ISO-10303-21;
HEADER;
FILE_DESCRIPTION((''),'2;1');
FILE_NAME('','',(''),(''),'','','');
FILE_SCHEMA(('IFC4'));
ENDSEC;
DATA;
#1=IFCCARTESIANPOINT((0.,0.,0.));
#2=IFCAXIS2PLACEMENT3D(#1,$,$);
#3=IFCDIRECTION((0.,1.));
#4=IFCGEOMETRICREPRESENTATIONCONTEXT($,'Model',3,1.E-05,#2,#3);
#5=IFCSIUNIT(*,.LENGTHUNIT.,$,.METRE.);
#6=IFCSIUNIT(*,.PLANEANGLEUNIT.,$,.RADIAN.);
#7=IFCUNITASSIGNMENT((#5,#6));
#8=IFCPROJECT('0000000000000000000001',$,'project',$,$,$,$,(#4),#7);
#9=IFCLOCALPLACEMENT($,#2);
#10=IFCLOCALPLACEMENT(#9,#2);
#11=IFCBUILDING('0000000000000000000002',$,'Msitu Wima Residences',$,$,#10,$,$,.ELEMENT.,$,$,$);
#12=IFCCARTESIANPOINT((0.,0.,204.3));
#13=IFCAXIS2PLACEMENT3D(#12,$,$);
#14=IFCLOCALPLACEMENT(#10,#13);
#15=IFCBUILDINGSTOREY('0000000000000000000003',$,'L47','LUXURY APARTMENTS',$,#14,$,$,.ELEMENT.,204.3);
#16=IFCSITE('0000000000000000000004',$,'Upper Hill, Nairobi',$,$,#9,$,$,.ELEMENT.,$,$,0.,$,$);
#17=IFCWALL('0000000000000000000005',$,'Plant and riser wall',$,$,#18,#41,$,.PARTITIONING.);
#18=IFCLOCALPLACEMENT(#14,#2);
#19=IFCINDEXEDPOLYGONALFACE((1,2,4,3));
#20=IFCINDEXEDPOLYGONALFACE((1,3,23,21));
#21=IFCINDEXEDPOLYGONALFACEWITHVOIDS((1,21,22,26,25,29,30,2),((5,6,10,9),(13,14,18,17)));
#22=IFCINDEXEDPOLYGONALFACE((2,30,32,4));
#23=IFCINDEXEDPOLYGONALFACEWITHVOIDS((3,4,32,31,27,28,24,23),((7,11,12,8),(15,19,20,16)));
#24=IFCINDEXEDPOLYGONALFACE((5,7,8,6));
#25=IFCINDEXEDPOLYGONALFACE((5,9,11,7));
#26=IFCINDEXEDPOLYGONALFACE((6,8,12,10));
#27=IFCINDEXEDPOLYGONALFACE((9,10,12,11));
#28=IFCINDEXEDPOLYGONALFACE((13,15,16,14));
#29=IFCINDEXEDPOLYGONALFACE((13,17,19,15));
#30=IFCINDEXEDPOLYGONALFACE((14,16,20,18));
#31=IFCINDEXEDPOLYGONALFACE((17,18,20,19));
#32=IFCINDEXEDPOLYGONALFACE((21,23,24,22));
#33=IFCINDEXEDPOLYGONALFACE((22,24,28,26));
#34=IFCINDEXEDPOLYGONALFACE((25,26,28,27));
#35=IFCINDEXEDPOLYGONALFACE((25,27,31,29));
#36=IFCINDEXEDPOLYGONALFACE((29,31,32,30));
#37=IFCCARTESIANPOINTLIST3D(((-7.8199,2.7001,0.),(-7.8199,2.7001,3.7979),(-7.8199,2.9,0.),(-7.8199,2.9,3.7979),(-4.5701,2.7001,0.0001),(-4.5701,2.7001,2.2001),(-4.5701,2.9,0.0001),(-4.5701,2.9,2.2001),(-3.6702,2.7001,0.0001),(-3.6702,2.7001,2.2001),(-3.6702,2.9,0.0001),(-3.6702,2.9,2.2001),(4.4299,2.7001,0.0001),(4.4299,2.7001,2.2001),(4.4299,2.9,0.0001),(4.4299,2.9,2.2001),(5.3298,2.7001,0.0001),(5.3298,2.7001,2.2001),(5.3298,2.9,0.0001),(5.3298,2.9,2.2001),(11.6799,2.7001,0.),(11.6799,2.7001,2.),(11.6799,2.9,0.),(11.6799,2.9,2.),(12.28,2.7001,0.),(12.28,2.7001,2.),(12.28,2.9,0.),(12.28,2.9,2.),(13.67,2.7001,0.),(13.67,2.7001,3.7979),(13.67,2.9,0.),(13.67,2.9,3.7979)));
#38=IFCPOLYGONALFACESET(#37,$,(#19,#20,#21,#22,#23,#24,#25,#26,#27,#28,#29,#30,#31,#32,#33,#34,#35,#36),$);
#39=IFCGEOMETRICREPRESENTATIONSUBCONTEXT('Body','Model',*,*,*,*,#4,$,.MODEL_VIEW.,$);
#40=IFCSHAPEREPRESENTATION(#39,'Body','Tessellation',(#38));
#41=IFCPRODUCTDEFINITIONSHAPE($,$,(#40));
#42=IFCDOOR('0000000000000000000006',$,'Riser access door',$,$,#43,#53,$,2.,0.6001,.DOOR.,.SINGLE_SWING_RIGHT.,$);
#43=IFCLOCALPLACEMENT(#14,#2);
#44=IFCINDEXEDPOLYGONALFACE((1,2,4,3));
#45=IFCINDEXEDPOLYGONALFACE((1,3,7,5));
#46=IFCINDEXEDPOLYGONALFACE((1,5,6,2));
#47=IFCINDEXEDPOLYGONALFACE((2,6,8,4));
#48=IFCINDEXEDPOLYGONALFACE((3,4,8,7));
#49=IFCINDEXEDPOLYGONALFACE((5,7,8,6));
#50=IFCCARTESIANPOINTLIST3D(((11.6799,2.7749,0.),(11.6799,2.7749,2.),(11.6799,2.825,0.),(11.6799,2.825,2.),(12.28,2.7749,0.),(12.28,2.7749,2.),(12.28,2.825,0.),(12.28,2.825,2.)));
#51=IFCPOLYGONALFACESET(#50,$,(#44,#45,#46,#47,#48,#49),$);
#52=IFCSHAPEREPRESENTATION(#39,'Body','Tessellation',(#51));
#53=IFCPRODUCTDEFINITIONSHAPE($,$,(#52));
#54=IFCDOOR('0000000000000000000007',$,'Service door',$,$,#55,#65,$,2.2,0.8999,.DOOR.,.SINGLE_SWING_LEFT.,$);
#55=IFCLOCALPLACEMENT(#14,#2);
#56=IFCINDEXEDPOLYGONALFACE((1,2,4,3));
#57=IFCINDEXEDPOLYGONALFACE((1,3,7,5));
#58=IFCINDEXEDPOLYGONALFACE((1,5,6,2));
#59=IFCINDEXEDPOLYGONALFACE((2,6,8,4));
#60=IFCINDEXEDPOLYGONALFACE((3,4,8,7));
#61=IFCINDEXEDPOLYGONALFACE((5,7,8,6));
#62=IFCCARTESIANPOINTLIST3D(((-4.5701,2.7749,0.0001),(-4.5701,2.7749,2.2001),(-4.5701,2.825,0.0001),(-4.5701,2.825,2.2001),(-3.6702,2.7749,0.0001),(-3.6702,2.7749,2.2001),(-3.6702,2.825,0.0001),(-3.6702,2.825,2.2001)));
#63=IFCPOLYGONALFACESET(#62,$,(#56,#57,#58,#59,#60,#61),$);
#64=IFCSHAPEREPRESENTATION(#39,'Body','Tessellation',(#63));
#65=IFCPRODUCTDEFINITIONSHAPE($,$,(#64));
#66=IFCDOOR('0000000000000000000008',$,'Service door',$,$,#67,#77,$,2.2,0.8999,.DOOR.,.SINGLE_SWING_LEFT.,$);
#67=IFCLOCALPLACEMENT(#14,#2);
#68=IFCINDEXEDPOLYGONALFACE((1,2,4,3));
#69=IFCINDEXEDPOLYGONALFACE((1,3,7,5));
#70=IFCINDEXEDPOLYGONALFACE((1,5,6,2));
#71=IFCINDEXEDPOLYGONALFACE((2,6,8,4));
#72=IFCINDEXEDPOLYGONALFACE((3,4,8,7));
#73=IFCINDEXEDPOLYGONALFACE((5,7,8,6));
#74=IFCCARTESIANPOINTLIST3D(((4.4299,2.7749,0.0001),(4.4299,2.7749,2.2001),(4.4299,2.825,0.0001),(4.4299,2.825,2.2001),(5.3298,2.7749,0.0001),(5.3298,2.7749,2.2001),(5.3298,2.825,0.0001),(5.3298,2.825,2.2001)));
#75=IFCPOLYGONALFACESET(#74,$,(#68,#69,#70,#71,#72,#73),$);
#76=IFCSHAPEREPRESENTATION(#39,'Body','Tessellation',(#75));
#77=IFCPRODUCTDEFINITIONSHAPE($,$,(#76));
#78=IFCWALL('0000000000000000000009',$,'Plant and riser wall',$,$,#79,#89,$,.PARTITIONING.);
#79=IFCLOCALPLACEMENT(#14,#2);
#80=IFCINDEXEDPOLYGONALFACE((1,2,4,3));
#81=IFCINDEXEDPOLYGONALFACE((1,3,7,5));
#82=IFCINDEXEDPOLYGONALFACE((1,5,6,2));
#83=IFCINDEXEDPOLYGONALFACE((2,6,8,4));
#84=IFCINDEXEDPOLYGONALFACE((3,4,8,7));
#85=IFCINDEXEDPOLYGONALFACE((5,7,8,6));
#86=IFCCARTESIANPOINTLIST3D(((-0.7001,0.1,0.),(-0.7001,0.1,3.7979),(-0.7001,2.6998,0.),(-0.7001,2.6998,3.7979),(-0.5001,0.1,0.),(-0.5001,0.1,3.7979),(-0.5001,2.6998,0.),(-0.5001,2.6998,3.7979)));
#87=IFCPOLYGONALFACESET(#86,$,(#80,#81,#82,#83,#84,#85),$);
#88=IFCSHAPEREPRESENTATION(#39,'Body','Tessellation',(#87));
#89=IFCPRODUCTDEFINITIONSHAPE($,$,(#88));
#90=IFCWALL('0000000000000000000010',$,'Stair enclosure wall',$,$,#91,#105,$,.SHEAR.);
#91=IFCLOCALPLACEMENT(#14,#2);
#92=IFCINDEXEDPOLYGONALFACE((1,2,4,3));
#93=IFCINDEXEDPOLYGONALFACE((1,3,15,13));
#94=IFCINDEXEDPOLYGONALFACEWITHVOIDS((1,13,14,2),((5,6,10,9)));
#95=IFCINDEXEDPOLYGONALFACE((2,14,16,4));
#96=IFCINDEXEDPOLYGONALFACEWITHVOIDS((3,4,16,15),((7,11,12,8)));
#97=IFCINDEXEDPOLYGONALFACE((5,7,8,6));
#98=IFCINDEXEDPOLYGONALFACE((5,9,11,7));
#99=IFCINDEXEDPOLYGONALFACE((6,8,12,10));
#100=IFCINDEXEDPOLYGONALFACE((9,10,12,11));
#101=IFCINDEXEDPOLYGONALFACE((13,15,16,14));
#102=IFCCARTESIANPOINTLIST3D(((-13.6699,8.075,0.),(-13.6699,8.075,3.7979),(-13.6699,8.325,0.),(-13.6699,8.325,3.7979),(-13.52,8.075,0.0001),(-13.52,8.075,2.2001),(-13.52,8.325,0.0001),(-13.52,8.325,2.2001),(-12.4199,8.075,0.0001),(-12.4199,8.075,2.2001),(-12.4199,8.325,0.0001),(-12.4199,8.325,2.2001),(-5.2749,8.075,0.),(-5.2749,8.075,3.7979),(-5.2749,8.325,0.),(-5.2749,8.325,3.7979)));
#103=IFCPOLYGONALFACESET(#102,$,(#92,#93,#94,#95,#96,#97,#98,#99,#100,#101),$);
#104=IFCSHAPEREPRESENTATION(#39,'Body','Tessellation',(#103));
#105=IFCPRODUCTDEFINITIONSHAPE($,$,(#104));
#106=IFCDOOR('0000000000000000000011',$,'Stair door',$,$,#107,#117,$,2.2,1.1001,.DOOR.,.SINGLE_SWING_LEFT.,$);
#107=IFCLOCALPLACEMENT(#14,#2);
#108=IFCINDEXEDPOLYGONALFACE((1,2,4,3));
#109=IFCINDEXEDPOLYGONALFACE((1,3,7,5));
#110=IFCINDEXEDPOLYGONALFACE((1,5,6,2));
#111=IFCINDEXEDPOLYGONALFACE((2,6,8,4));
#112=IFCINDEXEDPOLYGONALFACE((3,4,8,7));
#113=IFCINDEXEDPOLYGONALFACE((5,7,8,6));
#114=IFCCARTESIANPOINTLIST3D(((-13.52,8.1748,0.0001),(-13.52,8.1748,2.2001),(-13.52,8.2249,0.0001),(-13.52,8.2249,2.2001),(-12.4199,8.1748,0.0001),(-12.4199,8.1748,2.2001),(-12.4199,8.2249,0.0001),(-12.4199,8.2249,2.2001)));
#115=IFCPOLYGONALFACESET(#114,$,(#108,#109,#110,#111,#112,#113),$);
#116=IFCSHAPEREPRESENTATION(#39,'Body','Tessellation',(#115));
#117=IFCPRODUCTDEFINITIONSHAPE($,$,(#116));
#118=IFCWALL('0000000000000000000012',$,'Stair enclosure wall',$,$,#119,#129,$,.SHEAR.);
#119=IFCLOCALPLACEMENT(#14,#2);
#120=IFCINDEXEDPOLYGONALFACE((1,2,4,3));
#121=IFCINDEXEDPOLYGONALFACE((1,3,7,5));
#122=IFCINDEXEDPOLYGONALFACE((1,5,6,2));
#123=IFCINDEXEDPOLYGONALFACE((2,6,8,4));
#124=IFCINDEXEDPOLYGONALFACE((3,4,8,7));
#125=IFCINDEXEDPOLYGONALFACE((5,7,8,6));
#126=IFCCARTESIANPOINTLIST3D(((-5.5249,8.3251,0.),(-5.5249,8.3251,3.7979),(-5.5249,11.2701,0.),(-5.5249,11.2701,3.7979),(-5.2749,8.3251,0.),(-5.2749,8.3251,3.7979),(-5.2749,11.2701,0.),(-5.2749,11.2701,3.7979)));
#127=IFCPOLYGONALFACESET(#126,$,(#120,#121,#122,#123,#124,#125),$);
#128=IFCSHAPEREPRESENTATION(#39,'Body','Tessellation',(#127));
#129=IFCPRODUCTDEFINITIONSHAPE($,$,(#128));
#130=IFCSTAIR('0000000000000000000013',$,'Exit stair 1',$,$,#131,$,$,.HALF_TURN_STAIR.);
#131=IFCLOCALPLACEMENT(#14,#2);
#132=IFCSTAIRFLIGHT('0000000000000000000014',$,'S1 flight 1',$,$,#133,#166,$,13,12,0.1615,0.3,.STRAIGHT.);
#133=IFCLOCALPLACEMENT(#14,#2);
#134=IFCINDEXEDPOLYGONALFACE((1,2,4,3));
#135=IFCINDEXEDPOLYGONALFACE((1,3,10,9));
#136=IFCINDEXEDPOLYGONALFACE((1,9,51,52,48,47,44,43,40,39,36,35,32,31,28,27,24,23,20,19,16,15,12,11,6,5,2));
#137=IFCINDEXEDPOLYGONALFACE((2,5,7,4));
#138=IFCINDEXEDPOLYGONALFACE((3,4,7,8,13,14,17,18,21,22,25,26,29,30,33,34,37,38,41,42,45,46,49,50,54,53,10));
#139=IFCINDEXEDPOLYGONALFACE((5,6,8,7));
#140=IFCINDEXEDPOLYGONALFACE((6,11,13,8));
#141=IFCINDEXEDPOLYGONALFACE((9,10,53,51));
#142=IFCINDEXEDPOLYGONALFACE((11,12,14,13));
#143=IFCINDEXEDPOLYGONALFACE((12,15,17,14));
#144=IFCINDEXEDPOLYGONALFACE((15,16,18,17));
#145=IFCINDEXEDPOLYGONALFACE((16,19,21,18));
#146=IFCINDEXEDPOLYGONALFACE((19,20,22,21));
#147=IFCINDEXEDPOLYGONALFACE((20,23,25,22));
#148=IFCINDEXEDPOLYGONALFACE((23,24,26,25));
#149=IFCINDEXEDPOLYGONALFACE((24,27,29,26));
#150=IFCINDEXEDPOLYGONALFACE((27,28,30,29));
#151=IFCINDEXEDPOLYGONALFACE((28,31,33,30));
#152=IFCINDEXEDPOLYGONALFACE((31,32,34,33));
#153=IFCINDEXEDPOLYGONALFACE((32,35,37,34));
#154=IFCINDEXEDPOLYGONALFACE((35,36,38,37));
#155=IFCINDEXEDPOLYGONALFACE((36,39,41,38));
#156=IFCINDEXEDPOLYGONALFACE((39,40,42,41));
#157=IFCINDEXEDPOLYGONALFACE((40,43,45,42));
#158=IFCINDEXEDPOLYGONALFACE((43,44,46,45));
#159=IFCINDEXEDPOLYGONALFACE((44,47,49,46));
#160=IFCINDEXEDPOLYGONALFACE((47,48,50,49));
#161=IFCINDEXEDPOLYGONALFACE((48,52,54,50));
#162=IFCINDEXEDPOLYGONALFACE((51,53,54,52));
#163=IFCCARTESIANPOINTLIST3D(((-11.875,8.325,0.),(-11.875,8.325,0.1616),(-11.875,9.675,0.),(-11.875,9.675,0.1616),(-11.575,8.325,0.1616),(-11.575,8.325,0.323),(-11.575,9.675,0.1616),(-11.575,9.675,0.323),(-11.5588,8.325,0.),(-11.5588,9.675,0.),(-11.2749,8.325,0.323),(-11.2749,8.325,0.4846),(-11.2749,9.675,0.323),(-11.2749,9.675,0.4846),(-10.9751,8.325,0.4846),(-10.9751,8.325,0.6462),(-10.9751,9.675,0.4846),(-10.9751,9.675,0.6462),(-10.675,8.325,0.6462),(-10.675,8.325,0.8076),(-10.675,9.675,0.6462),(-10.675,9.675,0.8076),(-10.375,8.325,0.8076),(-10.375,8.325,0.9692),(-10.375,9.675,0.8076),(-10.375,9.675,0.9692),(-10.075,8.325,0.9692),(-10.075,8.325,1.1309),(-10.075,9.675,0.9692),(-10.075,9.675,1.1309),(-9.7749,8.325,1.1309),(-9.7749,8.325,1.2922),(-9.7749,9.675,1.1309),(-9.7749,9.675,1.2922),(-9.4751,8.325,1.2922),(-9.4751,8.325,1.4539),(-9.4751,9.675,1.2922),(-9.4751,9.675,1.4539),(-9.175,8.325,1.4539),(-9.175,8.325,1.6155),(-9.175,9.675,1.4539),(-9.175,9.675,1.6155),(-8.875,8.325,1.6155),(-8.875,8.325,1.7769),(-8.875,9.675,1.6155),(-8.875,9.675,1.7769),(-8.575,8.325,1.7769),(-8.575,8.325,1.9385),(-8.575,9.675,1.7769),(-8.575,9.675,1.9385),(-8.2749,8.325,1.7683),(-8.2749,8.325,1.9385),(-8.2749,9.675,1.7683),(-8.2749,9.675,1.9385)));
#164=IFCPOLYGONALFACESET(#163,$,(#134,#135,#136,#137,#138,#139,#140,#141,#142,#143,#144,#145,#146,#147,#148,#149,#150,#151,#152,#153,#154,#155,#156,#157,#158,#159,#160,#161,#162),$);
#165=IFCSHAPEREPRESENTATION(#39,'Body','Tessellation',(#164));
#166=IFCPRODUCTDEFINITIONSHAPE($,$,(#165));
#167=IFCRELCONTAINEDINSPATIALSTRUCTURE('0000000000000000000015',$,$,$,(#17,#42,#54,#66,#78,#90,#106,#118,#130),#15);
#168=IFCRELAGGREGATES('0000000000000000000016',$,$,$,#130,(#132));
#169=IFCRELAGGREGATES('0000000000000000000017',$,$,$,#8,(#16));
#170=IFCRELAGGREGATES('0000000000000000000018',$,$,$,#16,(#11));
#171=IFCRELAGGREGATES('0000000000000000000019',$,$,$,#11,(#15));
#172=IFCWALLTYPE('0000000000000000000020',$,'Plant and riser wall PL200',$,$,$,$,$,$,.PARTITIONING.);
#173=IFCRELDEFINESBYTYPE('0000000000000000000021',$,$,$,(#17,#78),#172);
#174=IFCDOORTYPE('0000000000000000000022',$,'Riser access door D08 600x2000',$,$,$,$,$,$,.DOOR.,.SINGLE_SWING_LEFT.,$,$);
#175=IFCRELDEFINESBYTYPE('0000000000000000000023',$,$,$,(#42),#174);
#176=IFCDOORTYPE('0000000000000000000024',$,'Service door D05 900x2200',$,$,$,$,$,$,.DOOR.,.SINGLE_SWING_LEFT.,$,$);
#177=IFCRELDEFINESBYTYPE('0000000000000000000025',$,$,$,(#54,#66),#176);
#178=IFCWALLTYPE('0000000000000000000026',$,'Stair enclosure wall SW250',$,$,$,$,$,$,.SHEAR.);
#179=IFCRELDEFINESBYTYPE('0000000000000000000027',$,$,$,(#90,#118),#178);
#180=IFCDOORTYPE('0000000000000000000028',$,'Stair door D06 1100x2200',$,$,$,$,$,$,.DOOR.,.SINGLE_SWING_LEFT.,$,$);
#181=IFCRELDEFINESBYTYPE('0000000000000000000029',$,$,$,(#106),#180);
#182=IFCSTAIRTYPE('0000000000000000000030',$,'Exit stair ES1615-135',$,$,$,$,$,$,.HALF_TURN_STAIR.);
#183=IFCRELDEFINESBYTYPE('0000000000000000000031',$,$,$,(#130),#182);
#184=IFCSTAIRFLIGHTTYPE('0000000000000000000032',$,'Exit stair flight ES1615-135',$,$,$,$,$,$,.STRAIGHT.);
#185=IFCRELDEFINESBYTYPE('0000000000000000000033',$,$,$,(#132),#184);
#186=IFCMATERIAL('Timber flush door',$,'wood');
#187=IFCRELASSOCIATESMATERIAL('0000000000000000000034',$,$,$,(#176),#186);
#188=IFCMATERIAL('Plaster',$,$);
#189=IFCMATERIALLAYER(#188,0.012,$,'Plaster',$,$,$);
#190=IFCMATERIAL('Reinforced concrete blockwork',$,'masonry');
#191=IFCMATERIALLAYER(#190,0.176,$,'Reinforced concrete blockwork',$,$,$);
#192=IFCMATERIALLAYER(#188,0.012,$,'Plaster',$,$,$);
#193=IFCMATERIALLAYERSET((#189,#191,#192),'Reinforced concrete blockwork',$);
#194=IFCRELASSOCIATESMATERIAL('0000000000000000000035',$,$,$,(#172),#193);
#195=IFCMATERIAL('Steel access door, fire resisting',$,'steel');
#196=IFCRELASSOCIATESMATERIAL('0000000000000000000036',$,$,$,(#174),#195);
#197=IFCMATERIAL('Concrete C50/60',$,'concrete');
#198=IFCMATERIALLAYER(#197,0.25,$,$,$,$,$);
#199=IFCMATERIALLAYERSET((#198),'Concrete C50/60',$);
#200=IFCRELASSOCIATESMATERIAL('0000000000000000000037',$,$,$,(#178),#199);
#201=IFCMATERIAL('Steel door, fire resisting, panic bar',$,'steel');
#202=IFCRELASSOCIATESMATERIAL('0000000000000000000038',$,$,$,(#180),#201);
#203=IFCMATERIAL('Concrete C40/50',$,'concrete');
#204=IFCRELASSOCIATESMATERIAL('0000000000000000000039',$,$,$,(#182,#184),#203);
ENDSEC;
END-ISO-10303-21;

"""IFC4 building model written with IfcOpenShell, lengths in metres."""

from ifc_helpers import new_model, si_unit, direction, frame, frame_2d, origin, place, context, subcontext, project, spatial, polyline, rectangle, outline, extrude, material, layer, layer_set, type_object, element, fill, aggregate, save


model = new_model("IFC4")

# Units and contexts
model_context = context("Model", 3, precision=1e-05, world=origin(), true_north=direction((0.0, 1.0)))
body_context = subcontext(model_context, "Body", "Model", "MODEL_VIEW")
ifc_project = project(units=[si_unit("LENGTHUNIT", "METRE"), si_unit("PLANEANGLEUNIT", "RADIAN")], contexts=[model_context])

# Site, building, storey
site_placement = place(None, origin())
site = spatial("IfcSite", under=ifc_project, at=site_placement, Name="Upper Hill, Nairobi", CompositionType="ELEMENT", RefElevation=0.0)
building_placement = place(site_placement, origin())
building = spatial("IfcBuilding", under=site, at=building_placement, Name="Msitu Wima Residences", CompositionType="ELEMENT")
storey_placement = place(building_placement, frame((0.0, 0.0, 204.3)))
storey = spatial("IfcBuildingStorey", under=building, at=storey_placement, Name="L47", Description="LUXURY APARTMENTS", CompositionType="ELEMENT", Elevation=204.3)

# Shared definitions
ifc_material_1 = material(Name="Concrete C40/50", Category="concrete")

# Shared definitions
ifc_material_2 = material(Name="Plaster")

# Shared definitions
ifc_material_3 = material(Name="Timber flush door", Category="wood")
door_type_1 = type_object("IfcDoorType", Name="Service door D05 900x2200", OperationType="SINGLE_SWING_LEFT", PredefinedType="DOOR", material=ifc_material_3)

# Wall, openings, doors
ifc_layer_1 = layer(ifc_material_2, 0.012, Name="Plaster")
ifc_material_4 = material(Name="Reinforced concrete blockwork", Category="masonry")
ifc_layer_2 = layer(ifc_material_4, 0.176, Name="Reinforced concrete blockwork")
ifc_layer_3 = layer(ifc_material_2, 0.012, Name="Plaster")
ifc_layer_set_1 = layer_set([ifc_layer_1, ifc_layer_2, ifc_layer_3], Name="Reinforced concrete blockwork")
wall_type_1 = type_object("IfcWallType", Name="Plant and riser wall PL200", PredefinedType="PARTITIONING", material=ifc_layer_set_1)
wall_1_placement = place(storey_placement, frame((-7.8201, 2.8, 0.0), z_axis=(0.0, 0.0, 1.0), x_axis=(1.0, 0.0, 0.0)))
wall_1 = element("IfcWall", 1, at=wall_1_placement, inside=storey, type_object=wall_type_1, Name="Plant and riser wall", PredefinedType="PARTITIONING", context=body_context, shape_type="SweptSolid", body=[
    extrude(rectangle(XDim=21.49, YDim=0.2, at=frame_2d((10.7451, 0.0))), origin(), (0.0, 0.0, 1.0), 3.7979),
])
opening_1_placement = place(wall_1_placement, frame((19.5, 0.0, 0.0)))
opening_1 = element("IfcOpeningElement", 2, at=opening_1_placement, cuts=wall_1, PredefinedType="OPENING", context=body_context, shape_type="SweptSolid", body=[
    extrude(rectangle(XDim=0.6001, YDim=2.0, at=frame_2d((0.3, 1.0))), frame((0.0, 0.1099, 0.0), z_axis=(0.0, -1.0, 0.0), x_axis=(1.0, 0.0, 0.0)), (0.0, 0.0, 1.0), 0.22),
])
opening_2_placement = place(wall_1_placement, frame((3.25, 0.0, 0.0)))
opening_2 = element("IfcOpeningElement", 3, at=opening_2_placement, cuts=wall_1, PredefinedType="OPENING", context=body_context, shape_type="SweptSolid", body=[
    extrude(rectangle(XDim=0.8999, YDim=2.2, at=frame_2d((0.45, 1.1001))), frame((0.0, 0.1099, 0.0), z_axis=(0.0, -1.0, 0.0), x_axis=(1.0, 0.0, 0.0)), (0.0, 0.0, 1.0), 0.22),
])
opening_3_placement = place(wall_1_placement, frame((12.25, 0.0, 0.0)))
opening_3 = element("IfcOpeningElement", 4, at=opening_3_placement, cuts=wall_1, PredefinedType="OPENING", context=body_context, shape_type="SweptSolid", body=[
    extrude(rectangle(XDim=0.8999, YDim=2.2, at=frame_2d((0.45, 1.1001))), frame((0.0, 0.1099, 0.0), z_axis=(0.0, -1.0, 0.0), x_axis=(1.0, 0.0, 0.0)), (0.0, 0.0, 1.0), 0.22),
])
ifc_material_5 = material(Name="Steel access door, fire resisting", Category="steel")
door_type_2 = type_object("IfcDoorType", Name="Riser access door D08 600x2000", OperationType="SINGLE_SWING_LEFT", PredefinedType="DOOR", material=ifc_material_5)
door_1_placement = place(opening_1_placement, origin())
door_1 = element("IfcDoor", 5, at=door_1_placement, inside=storey, type_object=door_type_2, Name="Riser access door", OperationType="SINGLE_SWING_RIGHT", OverallHeight=2.0, OverallWidth=0.6001, PredefinedType="DOOR", context=body_context, shape_type="SweptSolid", body=[
    extrude(rectangle(XDim=0.6001, YDim=2.0, at=frame_2d((0.3, 1.0))), frame((0.0, 0.0249, 0.0), z_axis=(0.0, -1.0, 0.0), x_axis=(1.0, 0.0, 0.0)), (0.0, 0.0, 1.0), 0.05),
])
fill(opening_1, door_1)
door_2_placement = place(opening_2_placement, origin())
door_2 = element("IfcDoor", 6, at=door_2_placement, inside=storey, type_object=door_type_1, Name="Service door", OperationType="SINGLE_SWING_LEFT", OverallHeight=2.2, OverallWidth=0.8999, PredefinedType="DOOR", context=body_context, shape_type="SweptSolid", body=[
    extrude(rectangle(XDim=0.8999, YDim=2.2, at=frame_2d((0.45, 1.1001))), frame((0.0, 0.0249, 0.0), z_axis=(0.0, -1.0, 0.0), x_axis=(1.0, 0.0, 0.0)), (0.0, 0.0, 1.0), 0.05),
])
fill(opening_2, door_2)
door_3_placement = place(opening_3_placement, origin())
door_3 = element("IfcDoor", 7, at=door_3_placement, inside=storey, type_object=door_type_1, Name="Service door", OperationType="SINGLE_SWING_LEFT", OverallHeight=2.2, OverallWidth=0.8999, PredefinedType="DOOR", context=body_context, shape_type="SweptSolid", body=[
    extrude(rectangle(XDim=0.8999, YDim=2.2, at=frame_2d((0.45, 1.1001))), frame((0.0, 0.0249, 0.0), z_axis=(0.0, -1.0, 0.0), x_axis=(1.0, 0.0, 0.0)), (0.0, 0.0, 1.0), 0.05),
])
fill(opening_3, door_3)

# Wall
wall_2_placement = place(storey_placement, frame((-0.6001, 0.1001, 0.0), z_axis=(0.0, 0.0, 1.0), x_axis=(0.0, 1.0, 0.0)))
element("IfcWall", 8, at=wall_2_placement, inside=storey, type_object=wall_type_1, Name="Plant and riser wall", PredefinedType="PARTITIONING", context=body_context, shape_type="SweptSolid", body=[
    extrude(rectangle(XDim=2.5999, YDim=0.2, at=frame_2d((1.2998, 0.0))), origin(), (0.0, 0.0, 1.0), 3.7979),
])

# Wall, opening, door
ifc_material_6 = material(Name="Concrete C50/60", Category="concrete")
ifc_layer_4 = layer(ifc_material_6, 0.25)
ifc_layer_set_2 = layer_set([ifc_layer_4], Name="Concrete C50/60")
wall_type_2 = type_object("IfcWallType", Name="Stair enclosure wall SW250", PredefinedType="SHEAR", material=ifc_layer_set_2)
wall_3_placement = place(storey_placement, frame((-13.6699, 8.2, 0.0), z_axis=(0.0, 0.0, 1.0), x_axis=(1.0, 0.0, 0.0)))
wall_3 = element("IfcWall", 9, at=wall_3_placement, inside=storey, type_object=wall_type_2, Name="Stair enclosure wall", PredefinedType="SHEAR", context=body_context, shape_type="SweptSolid", body=[
    extrude(rectangle(XDim=8.395, YDim=0.25, at=frame_2d((4.1975, 0.0))), origin(), (0.0, 0.0, 1.0), 3.7979),
])
opening_4_placement = place(wall_3_placement, frame((0.1499, 0.0, 0.0)))
opening_4 = element("IfcOpeningElement", 10, at=opening_4_placement, cuts=wall_3, PredefinedType="OPENING", context=body_context, shape_type="SweptSolid", body=[
    extrude(rectangle(XDim=1.1001, YDim=2.2, at=frame_2d((0.55, 1.1001))), frame((0.0, 0.135, 0.0), z_axis=(0.0, -1.0, 0.0), x_axis=(1.0, 0.0, 0.0)), (0.0, 0.0, 1.0), 0.27),
])
ifc_material_7 = material(Name="Steel door, fire resisting, panic bar", Category="steel")
door_type_3 = type_object("IfcDoorType", Name="Stair door D06 1100x2200", OperationType="SINGLE_SWING_LEFT", PredefinedType="DOOR", material=ifc_material_7)
door_4_placement = place(opening_4_placement, origin())
door_4 = element("IfcDoor", 11, at=door_4_placement, inside=storey, type_object=door_type_3, Name="Stair door", OperationType="SINGLE_SWING_LEFT", OverallHeight=2.2, OverallWidth=1.1001, PredefinedType="DOOR", context=body_context, shape_type="SweptSolid", body=[
    extrude(rectangle(XDim=1.1001, YDim=2.2, at=frame_2d((0.55, 1.1001))), frame((0.0, 0.0249, 0.0), z_axis=(0.0, -1.0, 0.0), x_axis=(1.0, 0.0, 0.0)), (0.0, 0.0, 1.0), 0.05),
])
fill(opening_4, door_4)

# Wall
wall_4_placement = place(storey_placement, frame((-5.3999, 8.325, 0.0), z_axis=(0.0, 0.0, 1.0), x_axis=(0.0, 1.0, 0.0)))
element("IfcWall", 12, at=wall_4_placement, inside=storey, type_object=wall_type_2, Name="Stair enclosure wall", PredefinedType="SHEAR", context=body_context, shape_type="SweptSolid", body=[
    extrude(rectangle(XDim=2.9451, YDim=0.25, at=frame_2d((1.4727, 0.0))), origin(), (0.0, 0.0, 1.0), 3.7979),
])

# Stair, stair flight
stair_type = type_object("IfcStairType", Name="Exit stair ES1615-135", PredefinedType="HALF_TURN_STAIR", material=ifc_material_1)
stair_placement = place(storey_placement, origin())
stair = element("IfcStair", 13, at=stair_placement, inside=storey, type_object=stair_type, Name="Exit stair 1", PredefinedType="HALF_TURN_STAIR")
stair_flight_type = type_object("IfcStairFlightType", Name="Exit stair flight ES1615-135", PredefinedType="STRAIGHT", material=ifc_material_1)
stair_flight_placement = place(storey_placement, frame((-11.875, 9.0, 0.0), z_axis=(0.0, 0.0, 1.0), x_axis=(1.0, 0.0, 0.0)))
stair_flight = element("IfcStairFlight", 14, at=stair_flight_placement, type_object=stair_flight_type, Name="S1 flight 1", NumberOfRisers=13, NumberOfTreads=12, PredefinedType="STRAIGHT", RiserHeight=0.1615, TreadLength=0.3, context=body_context, shape_type="SweptSolid", body=[
    extrude(outline(polyline([(0.0, 0.0), (0.0, 0.1616), (0.3, 0.1616), (0.3, 0.323), (0.6001, 0.323), (0.6001, 0.4846), (0.8999, 0.4846), (0.8999, 0.6462), (1.2, 0.6462), (1.2, 0.8076), (1.5, 0.8076), (1.5, 0.9692), (1.8, 0.9692), (1.8, 1.1309), (2.1001, 1.1309), (2.1001, 1.2922), (2.3999, 1.2922), (2.3999, 1.4539), (2.7, 1.4539), (2.7, 1.6155), (3.0, 1.6155), (3.0, 1.7769), (3.3, 1.7769), (3.3, 1.9385), (3.6001, 1.9385), (3.6001, 2.1001), (3.6001, 1.7683), (0.3162, 0.0), (0.0, 0.0)])), frame((0.0, 0.675, 0.0), z_axis=(0.0, -1.0, 0.0), x_axis=(1.0, 0.0, 0.0)), (0.0, 0.0, 1.0), 1.3501),
])
aggregate(stair, [stair_flight])

save(model, "model.ifc")
